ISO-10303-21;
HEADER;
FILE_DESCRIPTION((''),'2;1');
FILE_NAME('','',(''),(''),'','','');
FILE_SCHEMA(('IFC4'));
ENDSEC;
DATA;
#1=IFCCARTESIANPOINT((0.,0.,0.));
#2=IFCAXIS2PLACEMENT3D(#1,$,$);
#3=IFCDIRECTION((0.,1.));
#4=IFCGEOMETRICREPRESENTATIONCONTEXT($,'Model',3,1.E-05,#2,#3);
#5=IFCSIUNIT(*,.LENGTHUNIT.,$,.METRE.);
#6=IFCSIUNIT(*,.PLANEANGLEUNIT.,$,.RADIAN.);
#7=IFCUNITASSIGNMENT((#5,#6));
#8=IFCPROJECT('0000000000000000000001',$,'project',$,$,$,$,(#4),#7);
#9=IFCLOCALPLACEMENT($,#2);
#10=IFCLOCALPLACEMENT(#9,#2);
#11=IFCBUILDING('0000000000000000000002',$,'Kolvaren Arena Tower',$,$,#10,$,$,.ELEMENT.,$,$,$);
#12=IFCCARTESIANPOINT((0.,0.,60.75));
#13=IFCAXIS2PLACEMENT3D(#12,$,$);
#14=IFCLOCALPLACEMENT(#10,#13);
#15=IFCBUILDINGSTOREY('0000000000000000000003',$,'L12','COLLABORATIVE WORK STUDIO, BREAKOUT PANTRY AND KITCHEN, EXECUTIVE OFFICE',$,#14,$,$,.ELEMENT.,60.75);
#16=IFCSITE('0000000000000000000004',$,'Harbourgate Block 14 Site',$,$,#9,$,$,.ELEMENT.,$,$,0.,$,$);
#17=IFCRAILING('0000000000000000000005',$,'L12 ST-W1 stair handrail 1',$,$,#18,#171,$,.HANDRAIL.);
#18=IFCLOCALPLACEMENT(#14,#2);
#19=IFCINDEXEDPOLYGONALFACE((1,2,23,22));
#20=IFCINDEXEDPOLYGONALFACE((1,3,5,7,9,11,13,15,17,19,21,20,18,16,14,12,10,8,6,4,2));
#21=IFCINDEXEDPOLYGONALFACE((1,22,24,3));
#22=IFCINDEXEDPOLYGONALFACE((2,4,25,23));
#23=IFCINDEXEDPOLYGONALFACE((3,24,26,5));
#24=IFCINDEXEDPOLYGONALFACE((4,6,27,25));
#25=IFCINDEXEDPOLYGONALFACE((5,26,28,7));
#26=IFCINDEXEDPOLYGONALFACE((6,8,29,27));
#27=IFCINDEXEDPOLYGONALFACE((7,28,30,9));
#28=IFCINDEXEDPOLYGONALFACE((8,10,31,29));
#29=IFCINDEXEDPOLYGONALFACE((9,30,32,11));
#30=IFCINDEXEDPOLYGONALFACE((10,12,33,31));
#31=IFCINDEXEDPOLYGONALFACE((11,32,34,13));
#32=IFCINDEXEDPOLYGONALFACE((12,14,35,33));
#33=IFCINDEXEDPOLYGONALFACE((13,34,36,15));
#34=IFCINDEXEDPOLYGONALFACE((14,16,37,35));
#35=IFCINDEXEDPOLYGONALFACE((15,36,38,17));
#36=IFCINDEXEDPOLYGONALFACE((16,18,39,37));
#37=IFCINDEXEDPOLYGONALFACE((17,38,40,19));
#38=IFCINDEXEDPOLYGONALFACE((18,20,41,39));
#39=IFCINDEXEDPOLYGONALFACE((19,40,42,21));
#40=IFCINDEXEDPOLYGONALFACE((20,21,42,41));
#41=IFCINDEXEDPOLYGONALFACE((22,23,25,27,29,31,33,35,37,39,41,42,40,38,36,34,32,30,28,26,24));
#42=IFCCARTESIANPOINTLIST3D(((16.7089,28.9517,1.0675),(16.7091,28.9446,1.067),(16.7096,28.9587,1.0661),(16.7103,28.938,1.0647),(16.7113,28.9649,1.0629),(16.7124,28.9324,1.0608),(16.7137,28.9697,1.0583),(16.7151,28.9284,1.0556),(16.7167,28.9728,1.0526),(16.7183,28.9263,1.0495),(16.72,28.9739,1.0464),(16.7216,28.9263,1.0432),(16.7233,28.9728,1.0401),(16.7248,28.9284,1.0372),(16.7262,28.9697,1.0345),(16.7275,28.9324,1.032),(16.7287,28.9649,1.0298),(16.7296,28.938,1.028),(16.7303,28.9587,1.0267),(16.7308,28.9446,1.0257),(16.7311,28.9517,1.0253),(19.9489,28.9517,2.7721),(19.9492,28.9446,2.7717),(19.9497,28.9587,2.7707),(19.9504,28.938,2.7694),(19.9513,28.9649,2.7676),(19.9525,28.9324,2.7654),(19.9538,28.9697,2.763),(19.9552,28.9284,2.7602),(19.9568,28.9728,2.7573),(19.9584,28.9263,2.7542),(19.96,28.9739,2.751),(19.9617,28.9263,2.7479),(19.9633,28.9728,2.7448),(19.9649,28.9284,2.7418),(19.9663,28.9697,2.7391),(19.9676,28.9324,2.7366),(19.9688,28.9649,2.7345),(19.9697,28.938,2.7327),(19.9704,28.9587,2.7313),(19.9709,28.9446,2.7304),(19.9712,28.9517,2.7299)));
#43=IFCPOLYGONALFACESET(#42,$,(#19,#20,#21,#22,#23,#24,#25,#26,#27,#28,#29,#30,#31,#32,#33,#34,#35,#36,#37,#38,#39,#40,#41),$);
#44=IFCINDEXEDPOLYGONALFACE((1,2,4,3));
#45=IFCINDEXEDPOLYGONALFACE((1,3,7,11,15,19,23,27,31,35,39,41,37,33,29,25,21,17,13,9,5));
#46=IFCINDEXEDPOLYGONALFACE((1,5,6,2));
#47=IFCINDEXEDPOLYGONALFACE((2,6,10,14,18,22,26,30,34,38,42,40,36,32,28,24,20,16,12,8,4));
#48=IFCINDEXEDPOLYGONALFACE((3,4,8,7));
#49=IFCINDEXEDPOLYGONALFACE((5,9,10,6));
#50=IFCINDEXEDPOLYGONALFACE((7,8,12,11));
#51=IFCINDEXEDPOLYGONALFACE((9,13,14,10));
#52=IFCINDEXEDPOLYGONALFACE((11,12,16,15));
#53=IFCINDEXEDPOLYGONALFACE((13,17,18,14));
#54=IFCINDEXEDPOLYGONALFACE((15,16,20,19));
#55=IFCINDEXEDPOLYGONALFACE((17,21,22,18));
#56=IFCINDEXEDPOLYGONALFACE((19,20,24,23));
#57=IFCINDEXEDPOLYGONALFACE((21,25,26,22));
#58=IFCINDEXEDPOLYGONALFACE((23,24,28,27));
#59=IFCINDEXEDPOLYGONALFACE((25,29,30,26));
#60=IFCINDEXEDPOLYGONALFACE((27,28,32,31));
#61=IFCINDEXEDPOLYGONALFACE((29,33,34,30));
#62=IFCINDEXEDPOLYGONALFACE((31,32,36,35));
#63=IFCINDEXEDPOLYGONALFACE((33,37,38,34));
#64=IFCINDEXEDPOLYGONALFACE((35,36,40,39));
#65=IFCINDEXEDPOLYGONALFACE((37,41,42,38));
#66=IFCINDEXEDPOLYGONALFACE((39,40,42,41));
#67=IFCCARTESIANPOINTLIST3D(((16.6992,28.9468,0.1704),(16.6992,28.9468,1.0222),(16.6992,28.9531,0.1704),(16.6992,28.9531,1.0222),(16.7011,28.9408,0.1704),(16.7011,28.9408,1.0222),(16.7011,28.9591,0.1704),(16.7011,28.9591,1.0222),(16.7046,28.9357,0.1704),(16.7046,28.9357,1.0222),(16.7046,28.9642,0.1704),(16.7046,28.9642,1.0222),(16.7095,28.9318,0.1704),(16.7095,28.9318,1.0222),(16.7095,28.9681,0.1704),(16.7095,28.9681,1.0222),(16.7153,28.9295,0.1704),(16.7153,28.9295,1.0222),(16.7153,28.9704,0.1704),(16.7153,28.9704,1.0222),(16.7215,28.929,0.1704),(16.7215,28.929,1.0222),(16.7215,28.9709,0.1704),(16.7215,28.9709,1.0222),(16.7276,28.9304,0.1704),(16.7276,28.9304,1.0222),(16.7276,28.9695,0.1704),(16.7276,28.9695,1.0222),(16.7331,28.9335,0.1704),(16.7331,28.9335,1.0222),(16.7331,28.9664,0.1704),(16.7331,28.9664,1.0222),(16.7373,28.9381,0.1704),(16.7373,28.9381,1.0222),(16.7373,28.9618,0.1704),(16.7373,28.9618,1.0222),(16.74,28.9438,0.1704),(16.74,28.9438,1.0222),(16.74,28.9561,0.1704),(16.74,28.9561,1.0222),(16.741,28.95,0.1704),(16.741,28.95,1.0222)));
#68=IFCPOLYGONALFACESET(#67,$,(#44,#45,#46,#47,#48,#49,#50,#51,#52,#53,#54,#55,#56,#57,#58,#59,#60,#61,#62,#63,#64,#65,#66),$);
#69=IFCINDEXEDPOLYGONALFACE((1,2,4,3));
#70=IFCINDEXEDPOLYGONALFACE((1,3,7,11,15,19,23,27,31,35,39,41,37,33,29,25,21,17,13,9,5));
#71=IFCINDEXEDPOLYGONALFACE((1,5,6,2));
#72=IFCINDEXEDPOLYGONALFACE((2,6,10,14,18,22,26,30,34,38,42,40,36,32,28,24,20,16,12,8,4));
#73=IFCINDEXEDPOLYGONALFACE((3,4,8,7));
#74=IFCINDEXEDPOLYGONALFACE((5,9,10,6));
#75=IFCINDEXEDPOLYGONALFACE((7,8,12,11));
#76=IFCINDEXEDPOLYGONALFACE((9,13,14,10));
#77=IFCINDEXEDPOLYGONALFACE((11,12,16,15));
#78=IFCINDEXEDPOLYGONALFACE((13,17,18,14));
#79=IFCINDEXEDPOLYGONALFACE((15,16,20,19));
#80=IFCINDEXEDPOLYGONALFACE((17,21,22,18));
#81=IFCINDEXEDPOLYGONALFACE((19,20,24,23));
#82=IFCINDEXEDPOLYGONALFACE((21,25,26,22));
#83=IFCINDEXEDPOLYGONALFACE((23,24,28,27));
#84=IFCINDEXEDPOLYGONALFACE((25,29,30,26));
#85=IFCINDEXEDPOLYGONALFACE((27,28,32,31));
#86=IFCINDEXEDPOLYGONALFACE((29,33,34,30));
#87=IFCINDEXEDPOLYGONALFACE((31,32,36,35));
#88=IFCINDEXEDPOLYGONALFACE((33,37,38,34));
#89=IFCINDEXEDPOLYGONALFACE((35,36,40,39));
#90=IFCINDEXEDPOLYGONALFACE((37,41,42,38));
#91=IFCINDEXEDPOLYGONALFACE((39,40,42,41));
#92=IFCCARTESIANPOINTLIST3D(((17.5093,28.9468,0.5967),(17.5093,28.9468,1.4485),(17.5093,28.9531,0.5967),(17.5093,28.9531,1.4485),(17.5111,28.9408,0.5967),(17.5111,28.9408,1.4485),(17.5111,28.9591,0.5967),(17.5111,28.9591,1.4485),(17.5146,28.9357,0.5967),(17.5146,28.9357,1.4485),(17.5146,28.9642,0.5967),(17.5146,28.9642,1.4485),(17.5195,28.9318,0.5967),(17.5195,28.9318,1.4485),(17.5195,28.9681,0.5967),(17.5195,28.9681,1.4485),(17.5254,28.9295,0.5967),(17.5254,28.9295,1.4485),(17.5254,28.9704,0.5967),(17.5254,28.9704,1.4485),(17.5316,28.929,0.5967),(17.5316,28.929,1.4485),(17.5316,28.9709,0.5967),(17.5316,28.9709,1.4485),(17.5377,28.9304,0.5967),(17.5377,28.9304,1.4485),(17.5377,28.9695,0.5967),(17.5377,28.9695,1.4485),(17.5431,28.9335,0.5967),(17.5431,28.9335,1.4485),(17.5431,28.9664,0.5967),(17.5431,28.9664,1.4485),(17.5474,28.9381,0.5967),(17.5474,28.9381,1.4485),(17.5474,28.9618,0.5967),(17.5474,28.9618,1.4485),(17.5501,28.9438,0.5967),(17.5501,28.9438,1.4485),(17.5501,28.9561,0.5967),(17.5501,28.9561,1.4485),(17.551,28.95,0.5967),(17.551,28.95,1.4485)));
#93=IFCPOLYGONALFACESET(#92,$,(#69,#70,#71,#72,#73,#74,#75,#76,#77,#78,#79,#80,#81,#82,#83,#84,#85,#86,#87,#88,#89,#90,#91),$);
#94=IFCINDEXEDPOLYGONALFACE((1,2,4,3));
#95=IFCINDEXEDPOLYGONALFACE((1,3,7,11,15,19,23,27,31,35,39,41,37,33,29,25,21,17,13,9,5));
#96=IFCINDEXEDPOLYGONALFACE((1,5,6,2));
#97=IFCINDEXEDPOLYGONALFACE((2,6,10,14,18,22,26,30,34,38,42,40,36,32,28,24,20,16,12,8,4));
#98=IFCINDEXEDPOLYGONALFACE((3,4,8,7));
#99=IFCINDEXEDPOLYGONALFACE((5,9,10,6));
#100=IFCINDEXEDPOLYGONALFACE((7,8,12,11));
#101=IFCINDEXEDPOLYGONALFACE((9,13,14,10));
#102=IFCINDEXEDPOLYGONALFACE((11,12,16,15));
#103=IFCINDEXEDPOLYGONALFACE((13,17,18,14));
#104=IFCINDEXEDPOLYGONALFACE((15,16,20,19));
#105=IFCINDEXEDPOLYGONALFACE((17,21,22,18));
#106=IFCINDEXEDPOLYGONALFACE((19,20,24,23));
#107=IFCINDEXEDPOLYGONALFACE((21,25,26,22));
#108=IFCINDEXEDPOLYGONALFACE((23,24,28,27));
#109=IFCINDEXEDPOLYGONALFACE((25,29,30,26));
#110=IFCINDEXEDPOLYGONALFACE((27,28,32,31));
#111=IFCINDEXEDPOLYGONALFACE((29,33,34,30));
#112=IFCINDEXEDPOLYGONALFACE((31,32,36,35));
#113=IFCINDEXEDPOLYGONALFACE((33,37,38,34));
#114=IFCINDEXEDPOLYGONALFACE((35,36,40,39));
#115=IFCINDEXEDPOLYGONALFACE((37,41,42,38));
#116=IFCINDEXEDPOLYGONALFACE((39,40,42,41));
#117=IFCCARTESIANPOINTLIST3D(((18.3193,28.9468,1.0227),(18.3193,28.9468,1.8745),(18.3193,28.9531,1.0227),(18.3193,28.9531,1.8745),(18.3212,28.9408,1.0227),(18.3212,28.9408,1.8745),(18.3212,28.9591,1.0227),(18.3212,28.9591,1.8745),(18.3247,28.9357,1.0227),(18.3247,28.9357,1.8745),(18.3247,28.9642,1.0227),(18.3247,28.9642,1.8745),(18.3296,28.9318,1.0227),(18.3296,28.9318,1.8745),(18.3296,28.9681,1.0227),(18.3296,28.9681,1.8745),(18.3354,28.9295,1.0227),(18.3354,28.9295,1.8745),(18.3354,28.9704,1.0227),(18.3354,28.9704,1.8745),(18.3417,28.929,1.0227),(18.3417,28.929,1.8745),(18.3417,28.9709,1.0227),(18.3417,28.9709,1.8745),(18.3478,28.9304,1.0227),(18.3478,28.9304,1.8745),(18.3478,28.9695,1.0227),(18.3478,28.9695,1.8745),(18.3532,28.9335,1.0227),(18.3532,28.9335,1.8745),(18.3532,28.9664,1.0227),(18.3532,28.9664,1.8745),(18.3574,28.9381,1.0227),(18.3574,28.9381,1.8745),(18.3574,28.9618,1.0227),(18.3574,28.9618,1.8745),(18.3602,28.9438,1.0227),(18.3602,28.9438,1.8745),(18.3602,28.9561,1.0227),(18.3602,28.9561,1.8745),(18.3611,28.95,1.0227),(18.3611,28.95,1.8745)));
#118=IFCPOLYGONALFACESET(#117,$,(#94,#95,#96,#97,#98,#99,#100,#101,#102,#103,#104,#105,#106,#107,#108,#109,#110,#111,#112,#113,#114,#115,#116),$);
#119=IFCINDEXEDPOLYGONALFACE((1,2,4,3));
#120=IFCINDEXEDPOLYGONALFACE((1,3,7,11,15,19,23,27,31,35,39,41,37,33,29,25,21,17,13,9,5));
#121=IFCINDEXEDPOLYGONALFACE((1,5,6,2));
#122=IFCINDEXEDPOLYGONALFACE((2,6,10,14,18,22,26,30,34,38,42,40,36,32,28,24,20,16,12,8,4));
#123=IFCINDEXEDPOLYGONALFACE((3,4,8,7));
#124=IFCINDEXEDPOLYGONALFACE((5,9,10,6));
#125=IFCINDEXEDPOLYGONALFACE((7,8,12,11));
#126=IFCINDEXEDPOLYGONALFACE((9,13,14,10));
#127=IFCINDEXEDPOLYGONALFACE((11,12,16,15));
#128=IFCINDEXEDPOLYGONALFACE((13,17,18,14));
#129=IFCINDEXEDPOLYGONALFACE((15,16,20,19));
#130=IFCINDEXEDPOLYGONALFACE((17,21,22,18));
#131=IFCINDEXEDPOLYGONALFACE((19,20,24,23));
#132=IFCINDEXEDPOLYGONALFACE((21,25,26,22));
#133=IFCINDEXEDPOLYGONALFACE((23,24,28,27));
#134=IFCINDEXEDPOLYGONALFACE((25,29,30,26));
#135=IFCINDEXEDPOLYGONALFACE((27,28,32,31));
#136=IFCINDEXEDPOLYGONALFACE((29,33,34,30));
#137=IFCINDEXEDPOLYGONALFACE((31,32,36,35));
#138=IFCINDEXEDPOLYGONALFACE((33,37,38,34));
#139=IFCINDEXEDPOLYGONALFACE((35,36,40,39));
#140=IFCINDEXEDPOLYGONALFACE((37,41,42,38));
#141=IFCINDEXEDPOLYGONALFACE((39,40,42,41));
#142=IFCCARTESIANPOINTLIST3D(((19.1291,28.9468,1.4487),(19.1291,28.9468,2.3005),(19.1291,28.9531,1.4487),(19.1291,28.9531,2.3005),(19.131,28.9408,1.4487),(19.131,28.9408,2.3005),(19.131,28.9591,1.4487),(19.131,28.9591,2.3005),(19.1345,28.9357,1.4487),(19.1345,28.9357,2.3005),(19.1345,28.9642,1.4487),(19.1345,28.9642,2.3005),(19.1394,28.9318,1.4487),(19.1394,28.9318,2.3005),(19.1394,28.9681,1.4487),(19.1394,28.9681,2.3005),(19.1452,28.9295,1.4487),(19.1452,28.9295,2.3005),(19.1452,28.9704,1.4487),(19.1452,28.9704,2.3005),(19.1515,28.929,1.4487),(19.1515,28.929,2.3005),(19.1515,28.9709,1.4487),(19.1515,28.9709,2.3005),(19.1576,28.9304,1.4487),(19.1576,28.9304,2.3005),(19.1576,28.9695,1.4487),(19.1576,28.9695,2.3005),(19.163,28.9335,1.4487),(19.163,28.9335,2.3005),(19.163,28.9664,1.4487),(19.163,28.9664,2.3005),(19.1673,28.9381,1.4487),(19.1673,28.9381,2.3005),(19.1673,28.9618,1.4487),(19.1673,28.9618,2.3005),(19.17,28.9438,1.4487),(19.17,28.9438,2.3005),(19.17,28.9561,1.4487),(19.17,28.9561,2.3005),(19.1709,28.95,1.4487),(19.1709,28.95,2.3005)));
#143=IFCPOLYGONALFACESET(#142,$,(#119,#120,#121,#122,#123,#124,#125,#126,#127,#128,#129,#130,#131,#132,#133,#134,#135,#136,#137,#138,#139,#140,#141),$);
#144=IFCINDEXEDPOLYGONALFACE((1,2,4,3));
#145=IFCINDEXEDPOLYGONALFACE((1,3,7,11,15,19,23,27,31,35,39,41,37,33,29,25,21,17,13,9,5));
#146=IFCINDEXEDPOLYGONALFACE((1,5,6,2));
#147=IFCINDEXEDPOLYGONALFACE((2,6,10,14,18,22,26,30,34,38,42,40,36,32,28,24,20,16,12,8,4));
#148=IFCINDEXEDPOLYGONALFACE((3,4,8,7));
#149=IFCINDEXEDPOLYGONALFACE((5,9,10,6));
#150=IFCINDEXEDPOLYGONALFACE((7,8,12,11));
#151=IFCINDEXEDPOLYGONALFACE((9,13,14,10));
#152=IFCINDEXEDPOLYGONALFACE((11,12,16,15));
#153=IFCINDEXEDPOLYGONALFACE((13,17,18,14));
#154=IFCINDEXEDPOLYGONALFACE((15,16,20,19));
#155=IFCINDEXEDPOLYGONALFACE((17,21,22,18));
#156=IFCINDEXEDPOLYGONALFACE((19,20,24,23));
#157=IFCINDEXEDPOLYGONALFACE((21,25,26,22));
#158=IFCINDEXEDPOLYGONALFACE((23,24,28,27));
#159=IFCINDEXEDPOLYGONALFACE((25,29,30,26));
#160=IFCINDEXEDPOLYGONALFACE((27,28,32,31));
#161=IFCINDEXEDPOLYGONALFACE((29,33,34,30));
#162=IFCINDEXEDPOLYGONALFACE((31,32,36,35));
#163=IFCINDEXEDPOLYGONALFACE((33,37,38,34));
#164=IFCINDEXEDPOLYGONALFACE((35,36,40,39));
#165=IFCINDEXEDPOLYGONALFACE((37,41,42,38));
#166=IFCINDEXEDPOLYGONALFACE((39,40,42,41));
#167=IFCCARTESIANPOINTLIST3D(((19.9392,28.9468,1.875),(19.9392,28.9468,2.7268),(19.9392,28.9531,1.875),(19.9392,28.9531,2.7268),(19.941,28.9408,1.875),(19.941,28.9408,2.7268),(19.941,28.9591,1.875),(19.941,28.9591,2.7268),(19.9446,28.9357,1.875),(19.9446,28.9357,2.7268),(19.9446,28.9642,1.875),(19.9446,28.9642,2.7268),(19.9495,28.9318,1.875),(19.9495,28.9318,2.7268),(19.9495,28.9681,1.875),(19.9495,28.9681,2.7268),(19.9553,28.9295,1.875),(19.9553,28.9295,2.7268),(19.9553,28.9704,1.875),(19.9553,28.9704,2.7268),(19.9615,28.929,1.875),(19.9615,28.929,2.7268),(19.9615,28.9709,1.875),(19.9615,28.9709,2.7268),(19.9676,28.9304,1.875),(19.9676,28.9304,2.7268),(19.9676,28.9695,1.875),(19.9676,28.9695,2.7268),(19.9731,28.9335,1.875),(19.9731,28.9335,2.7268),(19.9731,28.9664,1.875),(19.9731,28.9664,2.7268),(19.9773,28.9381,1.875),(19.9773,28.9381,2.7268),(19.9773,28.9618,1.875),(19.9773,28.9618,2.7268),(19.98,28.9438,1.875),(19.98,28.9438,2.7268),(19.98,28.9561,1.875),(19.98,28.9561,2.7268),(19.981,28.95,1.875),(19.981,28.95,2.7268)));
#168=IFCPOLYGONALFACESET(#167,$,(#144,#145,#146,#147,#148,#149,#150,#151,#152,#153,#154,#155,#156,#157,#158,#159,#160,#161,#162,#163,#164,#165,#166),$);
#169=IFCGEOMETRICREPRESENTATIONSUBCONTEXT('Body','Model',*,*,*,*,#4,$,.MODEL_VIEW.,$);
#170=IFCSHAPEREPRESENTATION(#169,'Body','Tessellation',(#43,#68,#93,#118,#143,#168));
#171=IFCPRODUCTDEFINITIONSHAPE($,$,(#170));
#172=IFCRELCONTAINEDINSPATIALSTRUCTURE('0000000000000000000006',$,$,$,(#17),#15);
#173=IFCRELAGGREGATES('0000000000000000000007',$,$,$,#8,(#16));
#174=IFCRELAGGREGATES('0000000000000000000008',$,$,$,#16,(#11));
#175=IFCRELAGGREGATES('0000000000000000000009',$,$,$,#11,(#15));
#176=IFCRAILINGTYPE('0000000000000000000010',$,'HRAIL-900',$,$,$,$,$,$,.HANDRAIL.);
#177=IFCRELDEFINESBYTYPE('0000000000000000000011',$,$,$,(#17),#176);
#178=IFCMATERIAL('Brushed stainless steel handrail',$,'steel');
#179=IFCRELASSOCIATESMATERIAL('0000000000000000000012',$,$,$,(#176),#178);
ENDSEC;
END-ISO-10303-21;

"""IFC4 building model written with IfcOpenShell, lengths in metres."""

from ifc_helpers import new_model, si_unit, direction, frame, origin, origin_2d, place, context, subcontext, project, spatial, circle, extrude, material, type_object, element, save


model = new_model("IFC4")

# Units and contexts
model_context = context("Model", 3, precision=1e-05, world=origin(), true_north=direction((0.0, 1.0)))
body_context = subcontext(model_context, "Body", "Model", "MODEL_VIEW")
ifc_project = project(units=[si_unit("LENGTHUNIT", "METRE"), si_unit("PLANEANGLEUNIT", "RADIAN")], contexts=[model_context])

# Site, building, storey
site_placement = place(None, origin())
site = spatial("IfcSite", under=ifc_project, at=site_placement, Name="Harbourgate Block 14 Site", CompositionType="ELEMENT", RefElevation=0.0)
building_placement = place(site_placement, origin())
building = spatial("IfcBuilding", under=site, at=building_placement, Name="Kolvaren Arena Tower", CompositionType="ELEMENT")
storey_placement = place(building_placement, frame((0.0, 0.0, 60.75)))
storey = spatial("IfcBuildingStorey", under=building, at=storey_placement, Name="L12", Description="COLLABORATIVE WORK STUDIO, BREAKOUT PANTRY AND KITCHEN, EXECUTIVE OFFICE", CompositionType="ELEMENT", Elevation=60.75)

# Railing
ifc_material_1 = material(Name="Brushed stainless steel handrail", Category="steel")
railing_type_1 = type_object("IfcRailingType", Name="HRAIL-900", PredefinedType="HANDRAIL", material=ifc_material_1)
railing_1_placement = place(storey_placement, frame((16.72, 28.95, 0.1704)))
element("IfcRailing", 1, at=railing_1_placement, inside=storey, type_object=railing_type_1, Name="L12 ST-W1 stair handrail 1", PredefinedType="HANDRAIL", context=body_context, shape_type="SweptSolid", body=[
    extrude(circle(Radius=0.0239, at=origin_2d()), frame((0.0, 0.0, 0.876), z_axis=(0.884993, 0.0, 0.465604), x_axis=(0.0, 1.0, 0.0)), (0.0, 0.0, 1.0), 3.6611),
    extrude(circle(Radius=0.021, at=origin_2d()), origin(), (0.0, 0.0, 1.0), 0.8518),
    extrude(circle(Radius=0.021, at=origin_2d()), frame((0.8101, 0.0, 0.4263)), (0.0, 0.0, 1.0), 0.8518),
    extrude(circle(Radius=0.021, at=origin_2d()), frame((1.6201, 0.0, 0.8523)), (0.0, 0.0, 1.0), 0.8518),
    extrude(circle(Radius=0.021, at=origin_2d()), frame((2.4299, 0.0, 1.2783)), (0.0, 0.0, 1.0), 0.8518),
    extrude(circle(Radius=0.021, at=origin_2d()), frame((3.24, 0.0, 1.7046)), (0.0, 0.0, 1.0), 0.8518),
])

save(model, "model.ifc")
